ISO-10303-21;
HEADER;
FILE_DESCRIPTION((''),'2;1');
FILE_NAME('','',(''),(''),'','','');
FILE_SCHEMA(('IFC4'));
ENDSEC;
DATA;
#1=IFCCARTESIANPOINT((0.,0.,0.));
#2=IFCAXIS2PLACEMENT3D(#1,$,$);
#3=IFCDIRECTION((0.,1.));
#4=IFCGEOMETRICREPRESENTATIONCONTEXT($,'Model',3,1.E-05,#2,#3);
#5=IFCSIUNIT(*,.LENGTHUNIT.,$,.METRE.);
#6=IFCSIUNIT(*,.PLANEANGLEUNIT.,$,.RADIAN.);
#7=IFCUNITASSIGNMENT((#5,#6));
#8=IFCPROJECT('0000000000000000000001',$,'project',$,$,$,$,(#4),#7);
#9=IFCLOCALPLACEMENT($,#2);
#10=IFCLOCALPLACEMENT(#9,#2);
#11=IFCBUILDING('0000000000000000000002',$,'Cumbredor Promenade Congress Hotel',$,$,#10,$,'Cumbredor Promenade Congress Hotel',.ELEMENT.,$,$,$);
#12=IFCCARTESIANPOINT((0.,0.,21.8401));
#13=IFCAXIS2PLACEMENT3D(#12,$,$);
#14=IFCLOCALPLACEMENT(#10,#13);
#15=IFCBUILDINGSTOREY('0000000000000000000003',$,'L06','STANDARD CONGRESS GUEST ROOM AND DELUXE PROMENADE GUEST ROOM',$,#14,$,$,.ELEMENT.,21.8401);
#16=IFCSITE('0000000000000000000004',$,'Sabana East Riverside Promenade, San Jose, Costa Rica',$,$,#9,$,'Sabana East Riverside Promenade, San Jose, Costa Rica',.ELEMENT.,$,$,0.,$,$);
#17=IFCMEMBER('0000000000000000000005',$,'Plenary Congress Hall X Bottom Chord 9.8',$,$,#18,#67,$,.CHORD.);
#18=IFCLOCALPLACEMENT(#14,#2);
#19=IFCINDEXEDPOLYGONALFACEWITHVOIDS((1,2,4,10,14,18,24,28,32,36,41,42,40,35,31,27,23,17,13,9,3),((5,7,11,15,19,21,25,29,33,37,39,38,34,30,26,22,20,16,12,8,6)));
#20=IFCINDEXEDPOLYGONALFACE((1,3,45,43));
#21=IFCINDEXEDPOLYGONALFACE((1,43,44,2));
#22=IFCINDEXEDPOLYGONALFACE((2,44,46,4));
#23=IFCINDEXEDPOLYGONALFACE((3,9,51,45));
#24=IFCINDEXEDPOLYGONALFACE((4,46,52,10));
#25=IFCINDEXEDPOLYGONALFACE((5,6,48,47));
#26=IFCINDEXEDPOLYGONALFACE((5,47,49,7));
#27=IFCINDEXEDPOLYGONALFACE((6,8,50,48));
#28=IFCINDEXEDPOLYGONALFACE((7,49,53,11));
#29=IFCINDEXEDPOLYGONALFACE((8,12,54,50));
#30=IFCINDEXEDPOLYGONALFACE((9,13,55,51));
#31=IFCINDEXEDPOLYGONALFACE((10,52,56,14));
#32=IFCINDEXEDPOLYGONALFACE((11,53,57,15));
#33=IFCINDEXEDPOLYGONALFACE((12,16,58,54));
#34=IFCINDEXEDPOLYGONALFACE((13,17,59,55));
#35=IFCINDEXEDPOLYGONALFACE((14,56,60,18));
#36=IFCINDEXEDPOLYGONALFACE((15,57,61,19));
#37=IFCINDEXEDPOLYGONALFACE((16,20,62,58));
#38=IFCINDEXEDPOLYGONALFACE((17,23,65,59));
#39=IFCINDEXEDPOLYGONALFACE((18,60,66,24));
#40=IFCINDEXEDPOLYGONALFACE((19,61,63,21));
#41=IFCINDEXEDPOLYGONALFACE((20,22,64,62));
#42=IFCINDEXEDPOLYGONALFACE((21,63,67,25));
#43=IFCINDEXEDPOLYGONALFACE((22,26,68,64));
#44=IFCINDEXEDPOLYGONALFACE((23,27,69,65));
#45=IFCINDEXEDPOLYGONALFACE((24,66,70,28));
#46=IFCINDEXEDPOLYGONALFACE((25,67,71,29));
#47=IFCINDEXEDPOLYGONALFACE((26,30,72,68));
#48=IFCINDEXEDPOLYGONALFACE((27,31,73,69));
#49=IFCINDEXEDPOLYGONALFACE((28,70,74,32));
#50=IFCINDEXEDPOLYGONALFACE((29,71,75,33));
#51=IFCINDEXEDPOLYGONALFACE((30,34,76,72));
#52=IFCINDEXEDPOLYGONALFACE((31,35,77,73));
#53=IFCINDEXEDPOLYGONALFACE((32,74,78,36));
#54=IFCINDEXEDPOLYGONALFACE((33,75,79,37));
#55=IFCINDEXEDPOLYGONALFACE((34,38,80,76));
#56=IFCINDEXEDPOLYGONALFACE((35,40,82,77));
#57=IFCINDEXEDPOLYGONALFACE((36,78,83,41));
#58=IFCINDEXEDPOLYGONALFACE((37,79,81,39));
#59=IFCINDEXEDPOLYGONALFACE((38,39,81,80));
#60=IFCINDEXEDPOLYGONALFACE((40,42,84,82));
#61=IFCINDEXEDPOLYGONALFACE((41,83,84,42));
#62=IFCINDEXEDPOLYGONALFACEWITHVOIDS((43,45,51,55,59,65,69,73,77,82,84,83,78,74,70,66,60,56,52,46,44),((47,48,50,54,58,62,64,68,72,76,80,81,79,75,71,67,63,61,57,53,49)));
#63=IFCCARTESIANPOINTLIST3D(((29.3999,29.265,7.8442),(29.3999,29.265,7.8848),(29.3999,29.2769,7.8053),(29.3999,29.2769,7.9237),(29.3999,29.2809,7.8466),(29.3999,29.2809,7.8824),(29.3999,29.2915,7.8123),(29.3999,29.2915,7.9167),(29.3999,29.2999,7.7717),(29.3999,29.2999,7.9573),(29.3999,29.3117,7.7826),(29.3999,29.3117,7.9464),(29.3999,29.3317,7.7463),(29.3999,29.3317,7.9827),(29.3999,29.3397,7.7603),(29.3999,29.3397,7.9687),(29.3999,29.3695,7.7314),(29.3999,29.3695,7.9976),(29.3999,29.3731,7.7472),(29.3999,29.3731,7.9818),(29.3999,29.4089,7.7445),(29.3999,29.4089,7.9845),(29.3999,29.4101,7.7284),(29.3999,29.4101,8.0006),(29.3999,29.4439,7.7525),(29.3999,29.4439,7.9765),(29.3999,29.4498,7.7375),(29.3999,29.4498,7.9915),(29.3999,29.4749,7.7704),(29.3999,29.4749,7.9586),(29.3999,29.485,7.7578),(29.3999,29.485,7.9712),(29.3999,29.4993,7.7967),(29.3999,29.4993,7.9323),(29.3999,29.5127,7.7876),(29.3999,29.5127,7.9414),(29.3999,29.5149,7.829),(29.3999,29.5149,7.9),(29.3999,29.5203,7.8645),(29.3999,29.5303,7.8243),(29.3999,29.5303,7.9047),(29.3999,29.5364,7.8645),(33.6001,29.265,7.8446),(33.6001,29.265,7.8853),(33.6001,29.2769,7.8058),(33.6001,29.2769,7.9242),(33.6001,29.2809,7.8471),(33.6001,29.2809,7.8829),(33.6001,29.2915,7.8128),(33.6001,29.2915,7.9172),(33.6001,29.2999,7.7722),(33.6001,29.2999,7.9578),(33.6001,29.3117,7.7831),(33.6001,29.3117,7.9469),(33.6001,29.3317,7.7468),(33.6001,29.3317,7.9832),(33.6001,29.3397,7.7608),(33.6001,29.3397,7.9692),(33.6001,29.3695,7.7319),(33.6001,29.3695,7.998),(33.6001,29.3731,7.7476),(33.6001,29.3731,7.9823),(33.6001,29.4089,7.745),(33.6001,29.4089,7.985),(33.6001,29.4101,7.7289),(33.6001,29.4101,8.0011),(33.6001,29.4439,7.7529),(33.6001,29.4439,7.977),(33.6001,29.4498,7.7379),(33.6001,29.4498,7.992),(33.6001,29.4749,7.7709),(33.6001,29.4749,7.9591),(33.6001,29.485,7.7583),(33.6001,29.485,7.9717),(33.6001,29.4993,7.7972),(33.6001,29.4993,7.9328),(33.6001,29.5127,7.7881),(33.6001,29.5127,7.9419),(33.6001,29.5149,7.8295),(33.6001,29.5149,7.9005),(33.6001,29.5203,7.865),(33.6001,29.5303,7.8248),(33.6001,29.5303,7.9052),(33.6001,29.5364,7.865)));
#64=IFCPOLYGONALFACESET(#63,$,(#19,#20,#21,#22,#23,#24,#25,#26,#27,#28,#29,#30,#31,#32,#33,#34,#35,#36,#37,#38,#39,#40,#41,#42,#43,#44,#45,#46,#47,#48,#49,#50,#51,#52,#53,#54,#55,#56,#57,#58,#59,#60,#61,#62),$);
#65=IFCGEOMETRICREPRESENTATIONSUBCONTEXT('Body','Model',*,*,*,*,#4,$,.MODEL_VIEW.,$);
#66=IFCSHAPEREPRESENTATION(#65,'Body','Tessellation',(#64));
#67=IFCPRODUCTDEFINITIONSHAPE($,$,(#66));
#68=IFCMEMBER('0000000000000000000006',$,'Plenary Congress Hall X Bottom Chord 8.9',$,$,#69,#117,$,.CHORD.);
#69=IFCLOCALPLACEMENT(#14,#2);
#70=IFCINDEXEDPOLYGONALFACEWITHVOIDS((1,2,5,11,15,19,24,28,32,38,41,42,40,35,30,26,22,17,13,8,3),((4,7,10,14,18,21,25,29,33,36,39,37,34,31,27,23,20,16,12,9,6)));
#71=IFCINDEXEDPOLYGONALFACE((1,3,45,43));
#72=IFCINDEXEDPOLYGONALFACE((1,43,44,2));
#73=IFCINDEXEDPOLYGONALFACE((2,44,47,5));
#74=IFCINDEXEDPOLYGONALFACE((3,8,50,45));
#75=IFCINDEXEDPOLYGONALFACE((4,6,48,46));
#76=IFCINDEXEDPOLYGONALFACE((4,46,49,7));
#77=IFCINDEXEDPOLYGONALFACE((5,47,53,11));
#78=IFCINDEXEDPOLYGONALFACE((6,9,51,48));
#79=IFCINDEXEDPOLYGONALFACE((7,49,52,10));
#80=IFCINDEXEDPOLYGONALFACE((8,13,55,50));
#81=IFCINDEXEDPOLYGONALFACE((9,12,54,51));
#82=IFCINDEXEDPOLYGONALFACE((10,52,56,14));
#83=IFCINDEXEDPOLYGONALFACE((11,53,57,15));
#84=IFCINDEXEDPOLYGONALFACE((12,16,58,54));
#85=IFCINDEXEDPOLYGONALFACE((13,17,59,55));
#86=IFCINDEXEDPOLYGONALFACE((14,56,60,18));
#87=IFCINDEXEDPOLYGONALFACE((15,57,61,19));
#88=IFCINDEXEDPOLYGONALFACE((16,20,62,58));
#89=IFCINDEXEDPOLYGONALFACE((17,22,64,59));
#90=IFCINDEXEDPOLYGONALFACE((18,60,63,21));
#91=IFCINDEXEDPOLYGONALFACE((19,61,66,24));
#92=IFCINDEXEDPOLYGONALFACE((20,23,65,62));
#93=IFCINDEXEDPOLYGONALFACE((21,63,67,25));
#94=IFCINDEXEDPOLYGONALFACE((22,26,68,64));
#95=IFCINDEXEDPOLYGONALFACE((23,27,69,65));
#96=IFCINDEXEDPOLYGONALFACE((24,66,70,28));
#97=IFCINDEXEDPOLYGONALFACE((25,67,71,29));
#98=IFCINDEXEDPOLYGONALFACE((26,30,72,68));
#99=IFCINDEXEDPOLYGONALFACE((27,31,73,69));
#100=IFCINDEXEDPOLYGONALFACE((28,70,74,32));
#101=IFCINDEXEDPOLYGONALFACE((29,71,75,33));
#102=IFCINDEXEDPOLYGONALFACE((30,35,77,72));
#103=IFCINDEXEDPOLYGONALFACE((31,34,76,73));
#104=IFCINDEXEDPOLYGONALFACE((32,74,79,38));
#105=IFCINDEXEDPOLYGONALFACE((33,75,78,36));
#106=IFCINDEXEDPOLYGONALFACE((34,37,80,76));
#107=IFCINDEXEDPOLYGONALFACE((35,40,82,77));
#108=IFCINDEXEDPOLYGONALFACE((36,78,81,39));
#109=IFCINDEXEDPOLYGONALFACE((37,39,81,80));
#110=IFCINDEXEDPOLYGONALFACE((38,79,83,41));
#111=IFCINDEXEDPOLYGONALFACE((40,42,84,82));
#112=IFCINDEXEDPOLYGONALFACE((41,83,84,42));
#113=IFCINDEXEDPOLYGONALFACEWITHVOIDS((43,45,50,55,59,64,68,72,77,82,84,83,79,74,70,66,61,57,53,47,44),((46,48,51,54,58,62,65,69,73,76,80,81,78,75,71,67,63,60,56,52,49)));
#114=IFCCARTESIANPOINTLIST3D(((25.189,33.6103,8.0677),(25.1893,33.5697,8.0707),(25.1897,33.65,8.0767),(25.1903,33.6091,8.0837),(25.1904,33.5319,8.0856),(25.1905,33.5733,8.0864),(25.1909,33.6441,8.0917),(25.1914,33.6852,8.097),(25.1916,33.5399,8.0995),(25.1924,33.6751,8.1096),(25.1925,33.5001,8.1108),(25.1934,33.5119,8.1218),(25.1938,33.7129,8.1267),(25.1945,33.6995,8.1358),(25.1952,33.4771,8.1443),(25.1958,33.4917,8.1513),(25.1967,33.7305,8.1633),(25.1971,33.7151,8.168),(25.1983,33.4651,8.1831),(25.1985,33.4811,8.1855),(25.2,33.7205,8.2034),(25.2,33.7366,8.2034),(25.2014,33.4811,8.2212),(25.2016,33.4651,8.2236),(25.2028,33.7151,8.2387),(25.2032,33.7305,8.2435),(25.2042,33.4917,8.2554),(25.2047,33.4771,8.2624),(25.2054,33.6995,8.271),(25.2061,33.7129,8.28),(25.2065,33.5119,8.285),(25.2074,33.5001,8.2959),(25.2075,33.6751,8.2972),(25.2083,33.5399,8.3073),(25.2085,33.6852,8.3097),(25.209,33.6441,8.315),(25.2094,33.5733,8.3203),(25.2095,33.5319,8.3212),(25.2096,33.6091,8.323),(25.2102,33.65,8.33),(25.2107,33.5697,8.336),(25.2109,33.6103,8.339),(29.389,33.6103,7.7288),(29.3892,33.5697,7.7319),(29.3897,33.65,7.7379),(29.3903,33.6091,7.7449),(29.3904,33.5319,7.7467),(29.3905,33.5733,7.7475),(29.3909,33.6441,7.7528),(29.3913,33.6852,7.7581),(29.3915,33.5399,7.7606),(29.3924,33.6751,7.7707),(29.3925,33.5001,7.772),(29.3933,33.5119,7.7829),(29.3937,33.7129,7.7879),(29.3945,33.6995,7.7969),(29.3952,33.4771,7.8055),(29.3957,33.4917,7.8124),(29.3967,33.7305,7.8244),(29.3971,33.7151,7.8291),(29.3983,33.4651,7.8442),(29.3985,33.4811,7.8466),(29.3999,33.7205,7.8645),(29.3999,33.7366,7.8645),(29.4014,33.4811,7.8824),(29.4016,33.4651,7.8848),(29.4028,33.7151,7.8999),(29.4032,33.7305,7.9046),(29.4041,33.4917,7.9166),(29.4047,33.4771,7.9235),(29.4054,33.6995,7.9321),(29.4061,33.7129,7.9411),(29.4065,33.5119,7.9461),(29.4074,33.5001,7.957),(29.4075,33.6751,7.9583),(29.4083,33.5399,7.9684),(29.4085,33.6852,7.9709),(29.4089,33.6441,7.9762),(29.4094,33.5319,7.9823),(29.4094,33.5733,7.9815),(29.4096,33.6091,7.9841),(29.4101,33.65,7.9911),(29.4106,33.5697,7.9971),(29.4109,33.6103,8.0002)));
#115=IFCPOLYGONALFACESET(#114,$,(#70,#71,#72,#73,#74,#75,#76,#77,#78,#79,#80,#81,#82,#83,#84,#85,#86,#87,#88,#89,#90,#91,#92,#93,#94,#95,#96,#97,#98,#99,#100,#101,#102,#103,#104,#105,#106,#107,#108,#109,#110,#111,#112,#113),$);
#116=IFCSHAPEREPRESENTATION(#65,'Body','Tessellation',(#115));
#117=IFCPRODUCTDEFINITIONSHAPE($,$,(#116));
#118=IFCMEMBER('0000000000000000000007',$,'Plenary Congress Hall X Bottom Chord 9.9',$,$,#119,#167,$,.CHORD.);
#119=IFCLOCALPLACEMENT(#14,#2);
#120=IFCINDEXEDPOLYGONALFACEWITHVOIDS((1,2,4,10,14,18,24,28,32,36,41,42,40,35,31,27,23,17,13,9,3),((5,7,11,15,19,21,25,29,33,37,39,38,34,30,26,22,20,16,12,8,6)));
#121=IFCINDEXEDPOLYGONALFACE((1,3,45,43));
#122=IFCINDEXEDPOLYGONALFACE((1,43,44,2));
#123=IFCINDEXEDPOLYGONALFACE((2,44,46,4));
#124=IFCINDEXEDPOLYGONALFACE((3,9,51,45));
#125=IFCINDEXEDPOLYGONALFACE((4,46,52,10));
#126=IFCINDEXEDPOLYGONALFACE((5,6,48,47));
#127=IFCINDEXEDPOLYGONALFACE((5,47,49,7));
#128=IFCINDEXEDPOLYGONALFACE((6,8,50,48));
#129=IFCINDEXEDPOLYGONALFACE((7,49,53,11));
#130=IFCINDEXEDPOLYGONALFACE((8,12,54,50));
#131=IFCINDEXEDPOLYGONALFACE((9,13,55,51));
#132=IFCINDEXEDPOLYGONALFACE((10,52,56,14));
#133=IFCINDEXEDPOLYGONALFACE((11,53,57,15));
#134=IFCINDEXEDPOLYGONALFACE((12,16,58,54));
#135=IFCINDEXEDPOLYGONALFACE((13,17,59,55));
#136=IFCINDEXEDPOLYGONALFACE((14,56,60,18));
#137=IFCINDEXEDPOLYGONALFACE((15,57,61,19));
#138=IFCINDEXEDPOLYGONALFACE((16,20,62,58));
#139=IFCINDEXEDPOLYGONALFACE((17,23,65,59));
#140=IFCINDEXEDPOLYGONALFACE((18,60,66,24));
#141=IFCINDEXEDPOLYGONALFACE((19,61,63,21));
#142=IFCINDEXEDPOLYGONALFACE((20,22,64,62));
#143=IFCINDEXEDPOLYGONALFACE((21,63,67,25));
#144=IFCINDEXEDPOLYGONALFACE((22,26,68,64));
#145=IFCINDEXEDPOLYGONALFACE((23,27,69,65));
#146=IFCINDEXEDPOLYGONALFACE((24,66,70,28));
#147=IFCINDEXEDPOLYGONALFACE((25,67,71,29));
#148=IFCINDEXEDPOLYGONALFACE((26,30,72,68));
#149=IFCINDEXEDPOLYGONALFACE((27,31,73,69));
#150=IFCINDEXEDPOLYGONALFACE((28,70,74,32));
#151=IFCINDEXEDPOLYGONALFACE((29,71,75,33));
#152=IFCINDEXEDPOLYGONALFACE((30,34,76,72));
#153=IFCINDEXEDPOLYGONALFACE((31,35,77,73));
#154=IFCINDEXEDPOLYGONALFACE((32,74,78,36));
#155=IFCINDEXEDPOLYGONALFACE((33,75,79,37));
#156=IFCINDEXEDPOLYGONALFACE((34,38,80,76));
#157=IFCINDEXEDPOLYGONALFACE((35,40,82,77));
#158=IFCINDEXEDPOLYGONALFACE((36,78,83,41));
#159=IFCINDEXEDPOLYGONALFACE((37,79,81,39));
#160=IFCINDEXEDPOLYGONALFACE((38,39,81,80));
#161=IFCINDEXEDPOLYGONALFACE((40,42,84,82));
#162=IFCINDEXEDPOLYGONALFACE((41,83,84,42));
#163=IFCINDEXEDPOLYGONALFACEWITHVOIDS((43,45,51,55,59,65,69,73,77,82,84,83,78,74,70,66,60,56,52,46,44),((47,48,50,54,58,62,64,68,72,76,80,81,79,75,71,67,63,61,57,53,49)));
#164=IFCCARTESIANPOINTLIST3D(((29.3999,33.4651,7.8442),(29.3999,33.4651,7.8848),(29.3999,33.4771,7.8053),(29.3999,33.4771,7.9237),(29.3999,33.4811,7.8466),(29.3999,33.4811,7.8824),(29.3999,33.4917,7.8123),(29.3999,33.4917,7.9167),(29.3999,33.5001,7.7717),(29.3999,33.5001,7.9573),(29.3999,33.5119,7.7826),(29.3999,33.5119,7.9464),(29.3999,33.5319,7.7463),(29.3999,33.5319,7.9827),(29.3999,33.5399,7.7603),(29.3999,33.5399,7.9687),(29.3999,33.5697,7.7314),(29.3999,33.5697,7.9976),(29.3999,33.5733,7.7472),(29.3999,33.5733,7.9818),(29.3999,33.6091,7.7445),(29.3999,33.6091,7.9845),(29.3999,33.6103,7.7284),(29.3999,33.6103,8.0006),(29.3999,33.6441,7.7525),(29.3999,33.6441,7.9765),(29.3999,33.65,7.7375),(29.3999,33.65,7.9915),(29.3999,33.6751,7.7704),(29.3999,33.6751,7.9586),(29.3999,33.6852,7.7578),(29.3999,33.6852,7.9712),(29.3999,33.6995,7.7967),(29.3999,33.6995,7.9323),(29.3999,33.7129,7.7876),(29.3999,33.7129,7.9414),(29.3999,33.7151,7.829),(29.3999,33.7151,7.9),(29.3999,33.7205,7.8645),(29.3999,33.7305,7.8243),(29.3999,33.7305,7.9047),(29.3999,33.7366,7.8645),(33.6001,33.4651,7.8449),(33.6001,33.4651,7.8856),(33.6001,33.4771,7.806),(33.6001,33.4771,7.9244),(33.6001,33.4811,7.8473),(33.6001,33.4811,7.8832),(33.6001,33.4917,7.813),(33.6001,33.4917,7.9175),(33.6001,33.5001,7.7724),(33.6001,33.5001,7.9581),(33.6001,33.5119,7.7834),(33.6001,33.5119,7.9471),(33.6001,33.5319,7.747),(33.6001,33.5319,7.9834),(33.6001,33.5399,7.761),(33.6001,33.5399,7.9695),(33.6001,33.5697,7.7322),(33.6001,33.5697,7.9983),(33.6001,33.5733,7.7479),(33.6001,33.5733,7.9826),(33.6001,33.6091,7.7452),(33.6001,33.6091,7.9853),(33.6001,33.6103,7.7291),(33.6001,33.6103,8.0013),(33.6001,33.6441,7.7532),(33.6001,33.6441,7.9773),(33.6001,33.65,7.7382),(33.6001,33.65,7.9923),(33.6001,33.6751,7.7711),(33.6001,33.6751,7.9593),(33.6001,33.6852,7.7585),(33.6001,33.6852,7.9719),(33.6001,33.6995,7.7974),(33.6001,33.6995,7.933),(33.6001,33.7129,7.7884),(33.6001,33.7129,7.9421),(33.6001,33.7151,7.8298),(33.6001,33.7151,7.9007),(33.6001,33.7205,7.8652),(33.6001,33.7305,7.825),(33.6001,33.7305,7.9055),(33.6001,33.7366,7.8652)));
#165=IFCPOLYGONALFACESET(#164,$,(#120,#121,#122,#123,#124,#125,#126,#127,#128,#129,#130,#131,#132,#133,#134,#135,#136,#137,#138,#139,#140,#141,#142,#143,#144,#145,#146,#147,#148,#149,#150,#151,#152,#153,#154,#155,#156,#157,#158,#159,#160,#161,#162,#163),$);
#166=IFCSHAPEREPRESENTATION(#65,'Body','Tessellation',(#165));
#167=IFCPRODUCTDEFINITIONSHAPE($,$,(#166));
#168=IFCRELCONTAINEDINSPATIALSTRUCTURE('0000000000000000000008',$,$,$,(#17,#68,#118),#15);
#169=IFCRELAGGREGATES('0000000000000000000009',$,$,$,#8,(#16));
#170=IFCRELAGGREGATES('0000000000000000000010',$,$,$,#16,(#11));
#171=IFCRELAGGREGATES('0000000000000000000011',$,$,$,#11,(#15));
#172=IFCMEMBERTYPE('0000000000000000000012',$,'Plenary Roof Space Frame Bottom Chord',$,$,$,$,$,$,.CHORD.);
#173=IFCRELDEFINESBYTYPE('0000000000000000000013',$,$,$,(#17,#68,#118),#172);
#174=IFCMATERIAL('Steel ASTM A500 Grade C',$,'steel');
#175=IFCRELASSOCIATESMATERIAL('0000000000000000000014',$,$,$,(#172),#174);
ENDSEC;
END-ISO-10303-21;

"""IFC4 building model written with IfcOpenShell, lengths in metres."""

from ifc_helpers import new_model, si_unit, direction, frame, origin, origin_2d, place, context, subcontext, project, spatial, hollow_circle, extrude, material, material_profile, profile_set, type_object, element, save


model = new_model("IFC4")

# Units and contexts
model_context = context("Model", 3, precision=1e-05, world=origin(), true_north=direction((0.0, 1.0)))
body_context = subcontext(model_context, "Body", "Model", "MODEL_VIEW")
ifc_project = project(units=[si_unit("LENGTHUNIT", "METRE"), si_unit("PLANEANGLEUNIT", "RADIAN")], contexts=[model_context])

# Site, building, storey
site_placement = place(None, origin())
site = spatial("IfcSite", under=ifc_project, at=site_placement, Name="Sabana East Riverside Promenade, San Jose, Costa Rica", LongName="Sabana East Riverside Promenade, San Jose, Costa Rica", CompositionType="ELEMENT", RefElevation=0.0)
building_placement = place(site_placement, origin())
building = spatial("IfcBuilding", under=site, at=building_placement, Name="Cumbredor Promenade Congress Hotel", LongName="Cumbredor Promenade Congress Hotel", CompositionType="ELEMENT")
storey_placement = place(building_placement, frame((0.0, 0.0, 21.8401)))
storey = spatial("IfcBuildingStorey", under=building, at=storey_placement, Name="L06", Description="STANDARD CONGRESS GUEST ROOM AND DELUXE PROMENADE GUEST ROOM", CompositionType="ELEMENT", Elevation=21.8401)

# Members
ifc_material_1 = material(Name="Steel ASTM A500 Grade C", Category="steel")
ifc_material_profile_1 = material_profile(ifc_material_1, hollow_circle(Radius=0.1365, WallThickness=0.0161, at=origin_2d()), Name="CHS 273.0x16")
ifc_profile_set_1 = profile_set([ifc_material_profile_1], Name="Steel ASTM A500 Grade C")
member_type_1 = type_object("IfcMemberType", Name="Plenary Roof Space Frame Bottom Chord", PredefinedType="CHORD", material=ifc_profile_set_1)
member_1_placement = place(storey_placement, frame((29.3999, 29.3999, 7.8645), z_axis=(1.0, 0.0, 0.000116), x_axis=(0.0, 1.0, 0.0)))
element("IfcMember", 1, at=member_1_placement, inside=storey, type_object=member_type_1, Name="Plenary Congress Hall X Bottom Chord 9.8", PredefinedType="CHORD", context=body_context, shape_type="SweptSolid", body=[
    extrude(hollow_circle(Radius=0.1365, WallThickness=0.0161, at=origin_2d()), origin(), (0.0, 0.0, 1.0), 4.2002),
])
member_2_placement = place(storey_placement, frame((25.2, 33.6001, 8.2034), z_axis=(0.996761, 0.0, -0.080422), x_axis=(0.0, 1.0, 0.0)))
element("IfcMember", 2, at=member_2_placement, inside=storey, type_object=member_type_1, Name="Plenary Congress Hall X Bottom Chord 8.9", PredefinedType="CHORD", context=body_context, shape_type="SweptSolid", body=[
    extrude(hollow_circle(Radius=0.1365, WallThickness=0.0161, at=origin_2d()), origin(), (0.0, 0.0, 1.0), 4.2136),
])
member_3_placement = place(storey_placement, frame((29.3999, 33.6001, 7.8645), z_axis=(1.0, 0.0, 0.000174), x_axis=(0.0, 1.0, 0.0)))
element("IfcMember", 3, at=member_3_placement, inside=storey, type_object=member_type_1, Name="Plenary Congress Hall X Bottom Chord 9.9", PredefinedType="CHORD", context=body_context, shape_type="SweptSolid", body=[
    extrude(hollow_circle(Radius=0.1365, WallThickness=0.0161, at=origin_2d()), origin(), (0.0, 0.0, 1.0), 4.2002),
])

save(model, "model.ifc")
